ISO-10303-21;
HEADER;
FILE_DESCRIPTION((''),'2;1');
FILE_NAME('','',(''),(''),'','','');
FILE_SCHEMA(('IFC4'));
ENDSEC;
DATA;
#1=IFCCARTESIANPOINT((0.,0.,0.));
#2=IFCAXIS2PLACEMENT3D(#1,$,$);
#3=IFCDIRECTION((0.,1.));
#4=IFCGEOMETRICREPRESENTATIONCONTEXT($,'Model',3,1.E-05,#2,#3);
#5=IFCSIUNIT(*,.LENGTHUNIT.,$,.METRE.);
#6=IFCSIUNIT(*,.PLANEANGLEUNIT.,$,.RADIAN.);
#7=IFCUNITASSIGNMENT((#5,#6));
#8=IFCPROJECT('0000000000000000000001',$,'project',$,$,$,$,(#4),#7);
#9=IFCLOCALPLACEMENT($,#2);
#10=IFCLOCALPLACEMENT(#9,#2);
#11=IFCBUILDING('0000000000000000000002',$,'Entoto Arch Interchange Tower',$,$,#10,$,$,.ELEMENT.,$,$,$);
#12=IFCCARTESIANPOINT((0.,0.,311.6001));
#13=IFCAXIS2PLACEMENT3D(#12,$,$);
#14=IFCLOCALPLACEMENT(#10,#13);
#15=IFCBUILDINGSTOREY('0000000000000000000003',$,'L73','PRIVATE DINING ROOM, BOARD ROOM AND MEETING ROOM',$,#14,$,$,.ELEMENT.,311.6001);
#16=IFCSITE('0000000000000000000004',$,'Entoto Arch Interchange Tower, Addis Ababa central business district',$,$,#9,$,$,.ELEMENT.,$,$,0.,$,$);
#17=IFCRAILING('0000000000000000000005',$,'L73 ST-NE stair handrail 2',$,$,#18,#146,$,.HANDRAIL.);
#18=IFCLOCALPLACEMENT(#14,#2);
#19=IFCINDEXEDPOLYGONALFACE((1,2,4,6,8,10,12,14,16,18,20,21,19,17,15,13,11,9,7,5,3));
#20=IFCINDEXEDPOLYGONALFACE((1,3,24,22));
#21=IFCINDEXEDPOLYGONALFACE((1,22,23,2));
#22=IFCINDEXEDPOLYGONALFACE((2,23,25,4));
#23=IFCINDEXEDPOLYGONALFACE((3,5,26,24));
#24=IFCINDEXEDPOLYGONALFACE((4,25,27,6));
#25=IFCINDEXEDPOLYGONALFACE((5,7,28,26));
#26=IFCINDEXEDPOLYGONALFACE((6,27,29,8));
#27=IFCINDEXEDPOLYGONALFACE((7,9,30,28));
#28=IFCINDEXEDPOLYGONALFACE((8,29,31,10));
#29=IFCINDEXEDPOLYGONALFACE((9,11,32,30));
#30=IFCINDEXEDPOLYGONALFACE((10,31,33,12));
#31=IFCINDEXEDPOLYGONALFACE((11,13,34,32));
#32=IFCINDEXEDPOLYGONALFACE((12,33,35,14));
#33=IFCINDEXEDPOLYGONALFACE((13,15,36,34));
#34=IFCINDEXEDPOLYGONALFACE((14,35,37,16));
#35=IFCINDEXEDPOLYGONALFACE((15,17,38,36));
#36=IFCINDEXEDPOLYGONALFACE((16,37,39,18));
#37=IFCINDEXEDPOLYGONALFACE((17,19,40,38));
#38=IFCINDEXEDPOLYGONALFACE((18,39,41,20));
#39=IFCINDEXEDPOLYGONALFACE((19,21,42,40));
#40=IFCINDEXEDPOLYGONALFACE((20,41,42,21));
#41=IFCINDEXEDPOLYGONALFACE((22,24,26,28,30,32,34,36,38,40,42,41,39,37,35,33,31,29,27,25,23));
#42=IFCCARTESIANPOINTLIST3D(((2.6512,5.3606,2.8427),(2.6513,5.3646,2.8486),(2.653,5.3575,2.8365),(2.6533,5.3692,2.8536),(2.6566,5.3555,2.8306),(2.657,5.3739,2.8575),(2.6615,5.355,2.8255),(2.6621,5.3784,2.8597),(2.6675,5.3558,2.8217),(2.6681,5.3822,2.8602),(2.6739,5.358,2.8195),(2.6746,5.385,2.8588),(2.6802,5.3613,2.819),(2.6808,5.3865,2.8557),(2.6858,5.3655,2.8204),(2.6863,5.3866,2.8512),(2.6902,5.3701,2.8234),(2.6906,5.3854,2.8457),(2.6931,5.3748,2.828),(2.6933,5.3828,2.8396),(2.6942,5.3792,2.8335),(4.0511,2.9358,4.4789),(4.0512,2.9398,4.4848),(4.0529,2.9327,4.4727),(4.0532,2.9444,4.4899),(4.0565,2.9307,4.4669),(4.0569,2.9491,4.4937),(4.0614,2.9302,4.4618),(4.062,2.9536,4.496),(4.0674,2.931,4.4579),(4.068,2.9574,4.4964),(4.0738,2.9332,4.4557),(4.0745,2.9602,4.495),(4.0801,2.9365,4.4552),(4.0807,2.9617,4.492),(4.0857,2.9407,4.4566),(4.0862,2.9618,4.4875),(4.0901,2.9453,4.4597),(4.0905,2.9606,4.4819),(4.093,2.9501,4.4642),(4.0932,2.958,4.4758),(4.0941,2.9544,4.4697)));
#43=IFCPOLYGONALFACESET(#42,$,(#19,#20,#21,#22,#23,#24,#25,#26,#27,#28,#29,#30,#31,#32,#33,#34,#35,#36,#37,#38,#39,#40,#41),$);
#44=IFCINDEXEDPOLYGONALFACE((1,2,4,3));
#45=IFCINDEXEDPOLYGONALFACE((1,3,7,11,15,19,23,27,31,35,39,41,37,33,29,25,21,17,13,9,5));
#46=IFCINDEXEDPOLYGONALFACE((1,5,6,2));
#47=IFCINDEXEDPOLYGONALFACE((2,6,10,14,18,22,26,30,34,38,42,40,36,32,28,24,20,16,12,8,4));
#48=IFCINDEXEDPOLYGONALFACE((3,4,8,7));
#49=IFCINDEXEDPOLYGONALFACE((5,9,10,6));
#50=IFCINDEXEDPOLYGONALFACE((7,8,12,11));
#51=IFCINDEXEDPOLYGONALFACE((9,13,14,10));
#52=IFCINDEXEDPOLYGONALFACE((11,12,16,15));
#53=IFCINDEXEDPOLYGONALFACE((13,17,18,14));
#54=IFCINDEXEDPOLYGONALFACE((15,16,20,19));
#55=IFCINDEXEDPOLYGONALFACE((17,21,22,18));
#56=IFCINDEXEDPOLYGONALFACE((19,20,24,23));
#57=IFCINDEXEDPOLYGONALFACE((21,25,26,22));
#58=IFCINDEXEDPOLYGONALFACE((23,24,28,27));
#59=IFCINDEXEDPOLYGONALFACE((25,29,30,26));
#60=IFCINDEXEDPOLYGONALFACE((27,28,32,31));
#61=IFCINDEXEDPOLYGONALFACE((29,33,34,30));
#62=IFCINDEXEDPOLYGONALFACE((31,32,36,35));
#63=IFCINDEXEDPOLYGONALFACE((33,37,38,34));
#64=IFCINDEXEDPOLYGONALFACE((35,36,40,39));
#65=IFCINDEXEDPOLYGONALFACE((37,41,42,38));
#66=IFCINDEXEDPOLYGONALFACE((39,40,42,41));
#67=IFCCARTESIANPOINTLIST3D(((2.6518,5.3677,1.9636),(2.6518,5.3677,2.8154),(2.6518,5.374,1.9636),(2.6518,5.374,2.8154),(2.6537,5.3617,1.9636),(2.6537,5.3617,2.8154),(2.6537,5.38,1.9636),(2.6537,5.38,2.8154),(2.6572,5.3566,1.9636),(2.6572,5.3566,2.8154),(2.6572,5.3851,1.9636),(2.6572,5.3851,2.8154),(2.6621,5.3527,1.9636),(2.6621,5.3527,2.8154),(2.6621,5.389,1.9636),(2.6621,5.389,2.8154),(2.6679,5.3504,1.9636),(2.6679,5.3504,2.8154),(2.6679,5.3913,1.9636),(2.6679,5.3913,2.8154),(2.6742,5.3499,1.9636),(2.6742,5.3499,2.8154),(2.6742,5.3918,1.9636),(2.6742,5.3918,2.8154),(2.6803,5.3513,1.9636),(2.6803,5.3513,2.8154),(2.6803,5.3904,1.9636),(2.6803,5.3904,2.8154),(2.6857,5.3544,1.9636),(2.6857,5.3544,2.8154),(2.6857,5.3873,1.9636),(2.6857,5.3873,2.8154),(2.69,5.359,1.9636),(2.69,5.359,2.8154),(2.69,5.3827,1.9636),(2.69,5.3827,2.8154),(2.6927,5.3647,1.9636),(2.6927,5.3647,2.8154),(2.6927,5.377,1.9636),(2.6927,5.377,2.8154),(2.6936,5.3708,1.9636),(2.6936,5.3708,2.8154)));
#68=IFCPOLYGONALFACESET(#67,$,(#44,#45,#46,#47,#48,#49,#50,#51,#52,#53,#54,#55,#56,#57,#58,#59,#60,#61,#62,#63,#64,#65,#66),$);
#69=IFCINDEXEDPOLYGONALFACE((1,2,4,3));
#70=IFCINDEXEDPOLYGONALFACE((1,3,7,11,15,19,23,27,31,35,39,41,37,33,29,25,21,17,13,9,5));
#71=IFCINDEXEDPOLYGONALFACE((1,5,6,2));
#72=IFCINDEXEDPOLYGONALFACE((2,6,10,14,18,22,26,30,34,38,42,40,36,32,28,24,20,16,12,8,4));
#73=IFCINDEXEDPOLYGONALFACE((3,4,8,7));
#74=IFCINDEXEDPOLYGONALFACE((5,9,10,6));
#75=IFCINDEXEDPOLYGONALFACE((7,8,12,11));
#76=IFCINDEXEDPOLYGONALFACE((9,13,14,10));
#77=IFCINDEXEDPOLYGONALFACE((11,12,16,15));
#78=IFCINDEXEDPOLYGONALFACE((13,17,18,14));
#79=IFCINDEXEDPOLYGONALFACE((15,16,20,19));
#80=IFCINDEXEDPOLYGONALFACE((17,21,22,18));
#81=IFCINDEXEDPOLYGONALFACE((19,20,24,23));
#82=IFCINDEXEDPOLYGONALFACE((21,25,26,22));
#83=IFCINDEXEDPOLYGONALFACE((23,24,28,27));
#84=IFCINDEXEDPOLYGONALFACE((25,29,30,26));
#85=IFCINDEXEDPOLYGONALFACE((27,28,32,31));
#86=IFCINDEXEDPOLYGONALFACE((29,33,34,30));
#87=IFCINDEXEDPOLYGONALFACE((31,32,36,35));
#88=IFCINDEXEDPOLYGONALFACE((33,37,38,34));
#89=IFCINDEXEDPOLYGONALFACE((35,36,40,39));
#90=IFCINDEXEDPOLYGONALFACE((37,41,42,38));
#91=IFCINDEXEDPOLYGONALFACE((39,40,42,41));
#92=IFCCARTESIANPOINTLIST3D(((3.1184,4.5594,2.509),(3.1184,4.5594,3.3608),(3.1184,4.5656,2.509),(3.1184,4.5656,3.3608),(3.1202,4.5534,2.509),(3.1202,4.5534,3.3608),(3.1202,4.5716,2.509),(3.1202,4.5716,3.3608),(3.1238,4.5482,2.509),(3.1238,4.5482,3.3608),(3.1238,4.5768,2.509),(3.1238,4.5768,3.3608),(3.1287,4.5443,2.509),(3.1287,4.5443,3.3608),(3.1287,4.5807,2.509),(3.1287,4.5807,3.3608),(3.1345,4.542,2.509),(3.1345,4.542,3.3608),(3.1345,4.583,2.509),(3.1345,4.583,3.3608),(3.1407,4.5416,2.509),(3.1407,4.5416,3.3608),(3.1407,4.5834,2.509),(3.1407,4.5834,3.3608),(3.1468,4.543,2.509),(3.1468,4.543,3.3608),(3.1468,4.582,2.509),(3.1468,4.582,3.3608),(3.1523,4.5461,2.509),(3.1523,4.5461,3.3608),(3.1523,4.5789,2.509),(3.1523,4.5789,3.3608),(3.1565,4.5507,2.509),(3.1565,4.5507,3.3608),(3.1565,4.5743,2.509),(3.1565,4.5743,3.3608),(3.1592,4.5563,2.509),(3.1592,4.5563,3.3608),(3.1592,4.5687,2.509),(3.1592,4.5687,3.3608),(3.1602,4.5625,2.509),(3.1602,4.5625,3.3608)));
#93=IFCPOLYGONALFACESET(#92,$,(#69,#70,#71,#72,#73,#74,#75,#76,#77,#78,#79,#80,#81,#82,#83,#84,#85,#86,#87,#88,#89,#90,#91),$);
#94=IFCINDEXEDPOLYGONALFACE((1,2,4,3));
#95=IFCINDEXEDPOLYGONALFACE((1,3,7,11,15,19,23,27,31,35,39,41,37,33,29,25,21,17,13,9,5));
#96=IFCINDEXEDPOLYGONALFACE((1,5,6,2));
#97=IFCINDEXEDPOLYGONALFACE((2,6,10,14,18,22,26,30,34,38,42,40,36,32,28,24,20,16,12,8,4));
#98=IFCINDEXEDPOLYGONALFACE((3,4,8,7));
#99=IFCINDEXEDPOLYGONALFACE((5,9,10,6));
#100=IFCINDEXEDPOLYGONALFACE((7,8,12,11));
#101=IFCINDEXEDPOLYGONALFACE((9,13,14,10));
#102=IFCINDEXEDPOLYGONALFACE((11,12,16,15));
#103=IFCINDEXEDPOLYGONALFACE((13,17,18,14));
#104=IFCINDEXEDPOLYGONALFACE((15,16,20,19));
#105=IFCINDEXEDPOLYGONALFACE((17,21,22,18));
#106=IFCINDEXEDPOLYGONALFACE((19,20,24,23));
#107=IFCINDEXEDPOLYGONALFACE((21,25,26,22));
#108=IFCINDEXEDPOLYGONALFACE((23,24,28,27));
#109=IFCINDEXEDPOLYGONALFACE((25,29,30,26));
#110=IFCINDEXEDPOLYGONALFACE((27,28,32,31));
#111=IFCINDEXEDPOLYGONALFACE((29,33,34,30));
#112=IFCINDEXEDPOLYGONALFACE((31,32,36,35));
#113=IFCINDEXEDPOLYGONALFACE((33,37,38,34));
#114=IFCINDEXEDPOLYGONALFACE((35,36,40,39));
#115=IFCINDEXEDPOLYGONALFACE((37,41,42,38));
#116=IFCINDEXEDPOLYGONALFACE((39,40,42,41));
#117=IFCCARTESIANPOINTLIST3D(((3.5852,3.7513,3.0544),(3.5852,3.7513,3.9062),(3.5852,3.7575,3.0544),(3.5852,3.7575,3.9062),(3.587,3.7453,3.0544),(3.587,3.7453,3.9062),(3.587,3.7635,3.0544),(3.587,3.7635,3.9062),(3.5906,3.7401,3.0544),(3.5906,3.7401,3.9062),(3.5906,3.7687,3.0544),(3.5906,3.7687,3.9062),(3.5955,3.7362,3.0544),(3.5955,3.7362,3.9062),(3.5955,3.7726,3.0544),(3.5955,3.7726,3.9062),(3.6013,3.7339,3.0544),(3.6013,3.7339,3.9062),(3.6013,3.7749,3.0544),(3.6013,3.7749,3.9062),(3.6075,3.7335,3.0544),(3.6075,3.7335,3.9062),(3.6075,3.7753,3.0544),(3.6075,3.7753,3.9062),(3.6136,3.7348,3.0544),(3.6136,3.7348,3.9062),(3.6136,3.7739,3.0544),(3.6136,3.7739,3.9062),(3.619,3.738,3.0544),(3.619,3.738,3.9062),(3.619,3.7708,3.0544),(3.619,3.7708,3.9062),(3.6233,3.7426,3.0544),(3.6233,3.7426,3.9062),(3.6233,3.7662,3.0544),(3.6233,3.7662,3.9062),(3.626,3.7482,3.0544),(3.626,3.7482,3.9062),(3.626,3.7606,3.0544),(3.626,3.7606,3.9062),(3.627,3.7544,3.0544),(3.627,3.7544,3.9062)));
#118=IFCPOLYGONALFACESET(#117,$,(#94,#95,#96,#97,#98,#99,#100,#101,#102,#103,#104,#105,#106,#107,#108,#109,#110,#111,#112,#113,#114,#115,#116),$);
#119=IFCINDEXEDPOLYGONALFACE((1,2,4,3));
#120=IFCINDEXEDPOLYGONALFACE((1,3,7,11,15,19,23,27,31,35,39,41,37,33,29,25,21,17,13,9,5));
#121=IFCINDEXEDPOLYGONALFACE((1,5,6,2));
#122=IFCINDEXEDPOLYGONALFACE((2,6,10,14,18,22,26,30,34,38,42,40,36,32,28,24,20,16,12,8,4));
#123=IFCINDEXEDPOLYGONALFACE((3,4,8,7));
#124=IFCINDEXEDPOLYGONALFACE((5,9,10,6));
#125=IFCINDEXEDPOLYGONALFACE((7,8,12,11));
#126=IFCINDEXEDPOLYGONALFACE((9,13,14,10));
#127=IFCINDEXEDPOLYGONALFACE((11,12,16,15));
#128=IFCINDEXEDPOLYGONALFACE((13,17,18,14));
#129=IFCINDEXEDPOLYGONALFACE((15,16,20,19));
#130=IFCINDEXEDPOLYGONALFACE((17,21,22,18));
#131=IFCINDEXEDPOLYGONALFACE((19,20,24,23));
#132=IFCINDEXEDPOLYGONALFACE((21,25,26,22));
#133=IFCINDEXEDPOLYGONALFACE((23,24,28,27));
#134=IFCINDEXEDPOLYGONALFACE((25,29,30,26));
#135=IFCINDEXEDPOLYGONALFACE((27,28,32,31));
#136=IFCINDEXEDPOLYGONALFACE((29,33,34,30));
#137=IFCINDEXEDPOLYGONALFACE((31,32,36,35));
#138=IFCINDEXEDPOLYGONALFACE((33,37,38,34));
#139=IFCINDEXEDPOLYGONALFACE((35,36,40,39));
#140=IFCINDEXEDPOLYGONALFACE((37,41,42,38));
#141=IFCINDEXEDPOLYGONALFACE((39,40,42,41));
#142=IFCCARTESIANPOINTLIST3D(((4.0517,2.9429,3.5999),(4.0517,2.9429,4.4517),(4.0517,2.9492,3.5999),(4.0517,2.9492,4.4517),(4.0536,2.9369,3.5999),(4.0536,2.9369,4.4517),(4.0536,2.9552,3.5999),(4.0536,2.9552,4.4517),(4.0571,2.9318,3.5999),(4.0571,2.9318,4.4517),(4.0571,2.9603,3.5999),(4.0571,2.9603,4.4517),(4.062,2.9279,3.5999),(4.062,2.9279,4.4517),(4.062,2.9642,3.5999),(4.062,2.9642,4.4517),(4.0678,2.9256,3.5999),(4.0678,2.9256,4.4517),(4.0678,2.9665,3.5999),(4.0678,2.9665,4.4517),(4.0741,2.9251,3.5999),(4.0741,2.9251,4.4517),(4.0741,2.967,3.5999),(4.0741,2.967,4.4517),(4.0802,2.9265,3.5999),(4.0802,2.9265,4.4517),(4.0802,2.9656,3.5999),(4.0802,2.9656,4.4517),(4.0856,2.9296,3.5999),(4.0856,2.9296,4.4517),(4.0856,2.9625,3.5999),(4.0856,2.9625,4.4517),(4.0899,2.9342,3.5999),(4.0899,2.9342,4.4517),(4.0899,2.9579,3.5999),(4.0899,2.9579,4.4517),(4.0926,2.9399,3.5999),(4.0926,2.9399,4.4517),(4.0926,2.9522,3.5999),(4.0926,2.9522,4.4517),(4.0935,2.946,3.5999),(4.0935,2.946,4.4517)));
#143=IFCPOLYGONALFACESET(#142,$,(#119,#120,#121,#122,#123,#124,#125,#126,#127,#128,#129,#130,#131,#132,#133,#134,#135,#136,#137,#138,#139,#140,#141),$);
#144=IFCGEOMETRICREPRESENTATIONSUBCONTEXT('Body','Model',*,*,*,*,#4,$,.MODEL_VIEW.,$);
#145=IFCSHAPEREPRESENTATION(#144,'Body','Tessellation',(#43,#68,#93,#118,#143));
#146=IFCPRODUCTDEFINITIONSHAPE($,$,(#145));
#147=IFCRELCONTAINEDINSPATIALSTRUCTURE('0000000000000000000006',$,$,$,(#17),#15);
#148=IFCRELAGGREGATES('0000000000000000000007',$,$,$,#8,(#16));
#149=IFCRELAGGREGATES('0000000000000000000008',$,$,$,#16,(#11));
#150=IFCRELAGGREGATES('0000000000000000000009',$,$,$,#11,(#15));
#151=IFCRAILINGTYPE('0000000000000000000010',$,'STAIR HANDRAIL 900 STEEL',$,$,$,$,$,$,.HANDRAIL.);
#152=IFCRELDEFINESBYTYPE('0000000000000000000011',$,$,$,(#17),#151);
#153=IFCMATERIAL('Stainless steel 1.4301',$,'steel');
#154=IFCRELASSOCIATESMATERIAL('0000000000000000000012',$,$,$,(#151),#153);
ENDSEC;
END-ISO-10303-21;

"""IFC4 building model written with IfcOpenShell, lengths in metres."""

from ifc_helpers import new_model, si_unit, direction, frame, origin, origin_2d, place, context, subcontext, project, spatial, circle, extrude, material, type_object, element, save


model = new_model("IFC4")

# Units and contexts
model_context = context("Model", 3, precision=1e-05, world=origin(), true_north=direction((0.0, 1.0)))
body_context = subcontext(model_context, "Body", "Model", "MODEL_VIEW")
ifc_project = project(units=[si_unit("LENGTHUNIT", "METRE"), si_unit("PLANEANGLEUNIT", "RADIAN")], contexts=[model_context])

# Site, building, storey
site_placement = place(None, origin())
site = spatial("IfcSite", under=ifc_project, at=site_placement, Name="Entoto Arch Interchange Tower, Addis Ababa central business district", CompositionType="ELEMENT", RefElevation=0.0)
building_placement = place(site_placement, origin())
building = spatial("IfcBuilding", under=site, at=building_placement, Name="Entoto Arch Interchange Tower", CompositionType="ELEMENT")
storey_placement = place(building_placement, frame((0.0, 0.0, 311.6001)))
storey = spatial("IfcBuildingStorey", under=building, at=storey_placement, Name="L73", Description="PRIVATE DINING ROOM, BOARD ROOM AND MEETING ROOM", CompositionType="ELEMENT", Elevation=311.6001)

# Railing
ifc_material_1 = material(Name="Stainless steel 1.4301", Category="steel")
railing_type_1 = type_object("IfcRailingType", Name="STAIR HANDRAIL 900 STEEL", PredefinedType="HANDRAIL", material=ifc_material_1)
railing_1_placement = place(storey_placement, frame((2.6726, 5.3708, 1.9636)))
element("IfcRailing", 1, at=railing_1_placement, inside=storey, type_object=railing_type_1, Name="L73 ST-NE stair handrail 2", PredefinedType="HANDRAIL", context=body_context, shape_type="SweptSolid", body=[
    extrude(circle(Radius=0.0239, at=origin_2d()), frame((0.0, 0.0, 0.876), z_axis=(0.431677, -0.747718, 0.504552), x_axis=(0.866035, 0.499984, 0.0)), (0.0, 0.0, 1.0), 3.2429),
    extrude(circle(Radius=0.021, at=origin_2d()), origin(), (0.0, 0.0, 1.0), 0.8518),
    extrude(circle(Radius=0.021, at=origin_2d()), frame((0.4666, -0.8083, 0.5454)), (0.0, 0.0, 1.0), 0.8518),
    extrude(circle(Radius=0.021, at=origin_2d()), frame((0.9333, -1.6165, 1.0908)), (0.0, 0.0, 1.0), 0.8518),
    extrude(circle(Radius=0.021, at=origin_2d()), frame((1.3999, -2.4248, 1.6362)), (0.0, 0.0, 1.0), 0.8518),
])

save(model, "model.ifc")
